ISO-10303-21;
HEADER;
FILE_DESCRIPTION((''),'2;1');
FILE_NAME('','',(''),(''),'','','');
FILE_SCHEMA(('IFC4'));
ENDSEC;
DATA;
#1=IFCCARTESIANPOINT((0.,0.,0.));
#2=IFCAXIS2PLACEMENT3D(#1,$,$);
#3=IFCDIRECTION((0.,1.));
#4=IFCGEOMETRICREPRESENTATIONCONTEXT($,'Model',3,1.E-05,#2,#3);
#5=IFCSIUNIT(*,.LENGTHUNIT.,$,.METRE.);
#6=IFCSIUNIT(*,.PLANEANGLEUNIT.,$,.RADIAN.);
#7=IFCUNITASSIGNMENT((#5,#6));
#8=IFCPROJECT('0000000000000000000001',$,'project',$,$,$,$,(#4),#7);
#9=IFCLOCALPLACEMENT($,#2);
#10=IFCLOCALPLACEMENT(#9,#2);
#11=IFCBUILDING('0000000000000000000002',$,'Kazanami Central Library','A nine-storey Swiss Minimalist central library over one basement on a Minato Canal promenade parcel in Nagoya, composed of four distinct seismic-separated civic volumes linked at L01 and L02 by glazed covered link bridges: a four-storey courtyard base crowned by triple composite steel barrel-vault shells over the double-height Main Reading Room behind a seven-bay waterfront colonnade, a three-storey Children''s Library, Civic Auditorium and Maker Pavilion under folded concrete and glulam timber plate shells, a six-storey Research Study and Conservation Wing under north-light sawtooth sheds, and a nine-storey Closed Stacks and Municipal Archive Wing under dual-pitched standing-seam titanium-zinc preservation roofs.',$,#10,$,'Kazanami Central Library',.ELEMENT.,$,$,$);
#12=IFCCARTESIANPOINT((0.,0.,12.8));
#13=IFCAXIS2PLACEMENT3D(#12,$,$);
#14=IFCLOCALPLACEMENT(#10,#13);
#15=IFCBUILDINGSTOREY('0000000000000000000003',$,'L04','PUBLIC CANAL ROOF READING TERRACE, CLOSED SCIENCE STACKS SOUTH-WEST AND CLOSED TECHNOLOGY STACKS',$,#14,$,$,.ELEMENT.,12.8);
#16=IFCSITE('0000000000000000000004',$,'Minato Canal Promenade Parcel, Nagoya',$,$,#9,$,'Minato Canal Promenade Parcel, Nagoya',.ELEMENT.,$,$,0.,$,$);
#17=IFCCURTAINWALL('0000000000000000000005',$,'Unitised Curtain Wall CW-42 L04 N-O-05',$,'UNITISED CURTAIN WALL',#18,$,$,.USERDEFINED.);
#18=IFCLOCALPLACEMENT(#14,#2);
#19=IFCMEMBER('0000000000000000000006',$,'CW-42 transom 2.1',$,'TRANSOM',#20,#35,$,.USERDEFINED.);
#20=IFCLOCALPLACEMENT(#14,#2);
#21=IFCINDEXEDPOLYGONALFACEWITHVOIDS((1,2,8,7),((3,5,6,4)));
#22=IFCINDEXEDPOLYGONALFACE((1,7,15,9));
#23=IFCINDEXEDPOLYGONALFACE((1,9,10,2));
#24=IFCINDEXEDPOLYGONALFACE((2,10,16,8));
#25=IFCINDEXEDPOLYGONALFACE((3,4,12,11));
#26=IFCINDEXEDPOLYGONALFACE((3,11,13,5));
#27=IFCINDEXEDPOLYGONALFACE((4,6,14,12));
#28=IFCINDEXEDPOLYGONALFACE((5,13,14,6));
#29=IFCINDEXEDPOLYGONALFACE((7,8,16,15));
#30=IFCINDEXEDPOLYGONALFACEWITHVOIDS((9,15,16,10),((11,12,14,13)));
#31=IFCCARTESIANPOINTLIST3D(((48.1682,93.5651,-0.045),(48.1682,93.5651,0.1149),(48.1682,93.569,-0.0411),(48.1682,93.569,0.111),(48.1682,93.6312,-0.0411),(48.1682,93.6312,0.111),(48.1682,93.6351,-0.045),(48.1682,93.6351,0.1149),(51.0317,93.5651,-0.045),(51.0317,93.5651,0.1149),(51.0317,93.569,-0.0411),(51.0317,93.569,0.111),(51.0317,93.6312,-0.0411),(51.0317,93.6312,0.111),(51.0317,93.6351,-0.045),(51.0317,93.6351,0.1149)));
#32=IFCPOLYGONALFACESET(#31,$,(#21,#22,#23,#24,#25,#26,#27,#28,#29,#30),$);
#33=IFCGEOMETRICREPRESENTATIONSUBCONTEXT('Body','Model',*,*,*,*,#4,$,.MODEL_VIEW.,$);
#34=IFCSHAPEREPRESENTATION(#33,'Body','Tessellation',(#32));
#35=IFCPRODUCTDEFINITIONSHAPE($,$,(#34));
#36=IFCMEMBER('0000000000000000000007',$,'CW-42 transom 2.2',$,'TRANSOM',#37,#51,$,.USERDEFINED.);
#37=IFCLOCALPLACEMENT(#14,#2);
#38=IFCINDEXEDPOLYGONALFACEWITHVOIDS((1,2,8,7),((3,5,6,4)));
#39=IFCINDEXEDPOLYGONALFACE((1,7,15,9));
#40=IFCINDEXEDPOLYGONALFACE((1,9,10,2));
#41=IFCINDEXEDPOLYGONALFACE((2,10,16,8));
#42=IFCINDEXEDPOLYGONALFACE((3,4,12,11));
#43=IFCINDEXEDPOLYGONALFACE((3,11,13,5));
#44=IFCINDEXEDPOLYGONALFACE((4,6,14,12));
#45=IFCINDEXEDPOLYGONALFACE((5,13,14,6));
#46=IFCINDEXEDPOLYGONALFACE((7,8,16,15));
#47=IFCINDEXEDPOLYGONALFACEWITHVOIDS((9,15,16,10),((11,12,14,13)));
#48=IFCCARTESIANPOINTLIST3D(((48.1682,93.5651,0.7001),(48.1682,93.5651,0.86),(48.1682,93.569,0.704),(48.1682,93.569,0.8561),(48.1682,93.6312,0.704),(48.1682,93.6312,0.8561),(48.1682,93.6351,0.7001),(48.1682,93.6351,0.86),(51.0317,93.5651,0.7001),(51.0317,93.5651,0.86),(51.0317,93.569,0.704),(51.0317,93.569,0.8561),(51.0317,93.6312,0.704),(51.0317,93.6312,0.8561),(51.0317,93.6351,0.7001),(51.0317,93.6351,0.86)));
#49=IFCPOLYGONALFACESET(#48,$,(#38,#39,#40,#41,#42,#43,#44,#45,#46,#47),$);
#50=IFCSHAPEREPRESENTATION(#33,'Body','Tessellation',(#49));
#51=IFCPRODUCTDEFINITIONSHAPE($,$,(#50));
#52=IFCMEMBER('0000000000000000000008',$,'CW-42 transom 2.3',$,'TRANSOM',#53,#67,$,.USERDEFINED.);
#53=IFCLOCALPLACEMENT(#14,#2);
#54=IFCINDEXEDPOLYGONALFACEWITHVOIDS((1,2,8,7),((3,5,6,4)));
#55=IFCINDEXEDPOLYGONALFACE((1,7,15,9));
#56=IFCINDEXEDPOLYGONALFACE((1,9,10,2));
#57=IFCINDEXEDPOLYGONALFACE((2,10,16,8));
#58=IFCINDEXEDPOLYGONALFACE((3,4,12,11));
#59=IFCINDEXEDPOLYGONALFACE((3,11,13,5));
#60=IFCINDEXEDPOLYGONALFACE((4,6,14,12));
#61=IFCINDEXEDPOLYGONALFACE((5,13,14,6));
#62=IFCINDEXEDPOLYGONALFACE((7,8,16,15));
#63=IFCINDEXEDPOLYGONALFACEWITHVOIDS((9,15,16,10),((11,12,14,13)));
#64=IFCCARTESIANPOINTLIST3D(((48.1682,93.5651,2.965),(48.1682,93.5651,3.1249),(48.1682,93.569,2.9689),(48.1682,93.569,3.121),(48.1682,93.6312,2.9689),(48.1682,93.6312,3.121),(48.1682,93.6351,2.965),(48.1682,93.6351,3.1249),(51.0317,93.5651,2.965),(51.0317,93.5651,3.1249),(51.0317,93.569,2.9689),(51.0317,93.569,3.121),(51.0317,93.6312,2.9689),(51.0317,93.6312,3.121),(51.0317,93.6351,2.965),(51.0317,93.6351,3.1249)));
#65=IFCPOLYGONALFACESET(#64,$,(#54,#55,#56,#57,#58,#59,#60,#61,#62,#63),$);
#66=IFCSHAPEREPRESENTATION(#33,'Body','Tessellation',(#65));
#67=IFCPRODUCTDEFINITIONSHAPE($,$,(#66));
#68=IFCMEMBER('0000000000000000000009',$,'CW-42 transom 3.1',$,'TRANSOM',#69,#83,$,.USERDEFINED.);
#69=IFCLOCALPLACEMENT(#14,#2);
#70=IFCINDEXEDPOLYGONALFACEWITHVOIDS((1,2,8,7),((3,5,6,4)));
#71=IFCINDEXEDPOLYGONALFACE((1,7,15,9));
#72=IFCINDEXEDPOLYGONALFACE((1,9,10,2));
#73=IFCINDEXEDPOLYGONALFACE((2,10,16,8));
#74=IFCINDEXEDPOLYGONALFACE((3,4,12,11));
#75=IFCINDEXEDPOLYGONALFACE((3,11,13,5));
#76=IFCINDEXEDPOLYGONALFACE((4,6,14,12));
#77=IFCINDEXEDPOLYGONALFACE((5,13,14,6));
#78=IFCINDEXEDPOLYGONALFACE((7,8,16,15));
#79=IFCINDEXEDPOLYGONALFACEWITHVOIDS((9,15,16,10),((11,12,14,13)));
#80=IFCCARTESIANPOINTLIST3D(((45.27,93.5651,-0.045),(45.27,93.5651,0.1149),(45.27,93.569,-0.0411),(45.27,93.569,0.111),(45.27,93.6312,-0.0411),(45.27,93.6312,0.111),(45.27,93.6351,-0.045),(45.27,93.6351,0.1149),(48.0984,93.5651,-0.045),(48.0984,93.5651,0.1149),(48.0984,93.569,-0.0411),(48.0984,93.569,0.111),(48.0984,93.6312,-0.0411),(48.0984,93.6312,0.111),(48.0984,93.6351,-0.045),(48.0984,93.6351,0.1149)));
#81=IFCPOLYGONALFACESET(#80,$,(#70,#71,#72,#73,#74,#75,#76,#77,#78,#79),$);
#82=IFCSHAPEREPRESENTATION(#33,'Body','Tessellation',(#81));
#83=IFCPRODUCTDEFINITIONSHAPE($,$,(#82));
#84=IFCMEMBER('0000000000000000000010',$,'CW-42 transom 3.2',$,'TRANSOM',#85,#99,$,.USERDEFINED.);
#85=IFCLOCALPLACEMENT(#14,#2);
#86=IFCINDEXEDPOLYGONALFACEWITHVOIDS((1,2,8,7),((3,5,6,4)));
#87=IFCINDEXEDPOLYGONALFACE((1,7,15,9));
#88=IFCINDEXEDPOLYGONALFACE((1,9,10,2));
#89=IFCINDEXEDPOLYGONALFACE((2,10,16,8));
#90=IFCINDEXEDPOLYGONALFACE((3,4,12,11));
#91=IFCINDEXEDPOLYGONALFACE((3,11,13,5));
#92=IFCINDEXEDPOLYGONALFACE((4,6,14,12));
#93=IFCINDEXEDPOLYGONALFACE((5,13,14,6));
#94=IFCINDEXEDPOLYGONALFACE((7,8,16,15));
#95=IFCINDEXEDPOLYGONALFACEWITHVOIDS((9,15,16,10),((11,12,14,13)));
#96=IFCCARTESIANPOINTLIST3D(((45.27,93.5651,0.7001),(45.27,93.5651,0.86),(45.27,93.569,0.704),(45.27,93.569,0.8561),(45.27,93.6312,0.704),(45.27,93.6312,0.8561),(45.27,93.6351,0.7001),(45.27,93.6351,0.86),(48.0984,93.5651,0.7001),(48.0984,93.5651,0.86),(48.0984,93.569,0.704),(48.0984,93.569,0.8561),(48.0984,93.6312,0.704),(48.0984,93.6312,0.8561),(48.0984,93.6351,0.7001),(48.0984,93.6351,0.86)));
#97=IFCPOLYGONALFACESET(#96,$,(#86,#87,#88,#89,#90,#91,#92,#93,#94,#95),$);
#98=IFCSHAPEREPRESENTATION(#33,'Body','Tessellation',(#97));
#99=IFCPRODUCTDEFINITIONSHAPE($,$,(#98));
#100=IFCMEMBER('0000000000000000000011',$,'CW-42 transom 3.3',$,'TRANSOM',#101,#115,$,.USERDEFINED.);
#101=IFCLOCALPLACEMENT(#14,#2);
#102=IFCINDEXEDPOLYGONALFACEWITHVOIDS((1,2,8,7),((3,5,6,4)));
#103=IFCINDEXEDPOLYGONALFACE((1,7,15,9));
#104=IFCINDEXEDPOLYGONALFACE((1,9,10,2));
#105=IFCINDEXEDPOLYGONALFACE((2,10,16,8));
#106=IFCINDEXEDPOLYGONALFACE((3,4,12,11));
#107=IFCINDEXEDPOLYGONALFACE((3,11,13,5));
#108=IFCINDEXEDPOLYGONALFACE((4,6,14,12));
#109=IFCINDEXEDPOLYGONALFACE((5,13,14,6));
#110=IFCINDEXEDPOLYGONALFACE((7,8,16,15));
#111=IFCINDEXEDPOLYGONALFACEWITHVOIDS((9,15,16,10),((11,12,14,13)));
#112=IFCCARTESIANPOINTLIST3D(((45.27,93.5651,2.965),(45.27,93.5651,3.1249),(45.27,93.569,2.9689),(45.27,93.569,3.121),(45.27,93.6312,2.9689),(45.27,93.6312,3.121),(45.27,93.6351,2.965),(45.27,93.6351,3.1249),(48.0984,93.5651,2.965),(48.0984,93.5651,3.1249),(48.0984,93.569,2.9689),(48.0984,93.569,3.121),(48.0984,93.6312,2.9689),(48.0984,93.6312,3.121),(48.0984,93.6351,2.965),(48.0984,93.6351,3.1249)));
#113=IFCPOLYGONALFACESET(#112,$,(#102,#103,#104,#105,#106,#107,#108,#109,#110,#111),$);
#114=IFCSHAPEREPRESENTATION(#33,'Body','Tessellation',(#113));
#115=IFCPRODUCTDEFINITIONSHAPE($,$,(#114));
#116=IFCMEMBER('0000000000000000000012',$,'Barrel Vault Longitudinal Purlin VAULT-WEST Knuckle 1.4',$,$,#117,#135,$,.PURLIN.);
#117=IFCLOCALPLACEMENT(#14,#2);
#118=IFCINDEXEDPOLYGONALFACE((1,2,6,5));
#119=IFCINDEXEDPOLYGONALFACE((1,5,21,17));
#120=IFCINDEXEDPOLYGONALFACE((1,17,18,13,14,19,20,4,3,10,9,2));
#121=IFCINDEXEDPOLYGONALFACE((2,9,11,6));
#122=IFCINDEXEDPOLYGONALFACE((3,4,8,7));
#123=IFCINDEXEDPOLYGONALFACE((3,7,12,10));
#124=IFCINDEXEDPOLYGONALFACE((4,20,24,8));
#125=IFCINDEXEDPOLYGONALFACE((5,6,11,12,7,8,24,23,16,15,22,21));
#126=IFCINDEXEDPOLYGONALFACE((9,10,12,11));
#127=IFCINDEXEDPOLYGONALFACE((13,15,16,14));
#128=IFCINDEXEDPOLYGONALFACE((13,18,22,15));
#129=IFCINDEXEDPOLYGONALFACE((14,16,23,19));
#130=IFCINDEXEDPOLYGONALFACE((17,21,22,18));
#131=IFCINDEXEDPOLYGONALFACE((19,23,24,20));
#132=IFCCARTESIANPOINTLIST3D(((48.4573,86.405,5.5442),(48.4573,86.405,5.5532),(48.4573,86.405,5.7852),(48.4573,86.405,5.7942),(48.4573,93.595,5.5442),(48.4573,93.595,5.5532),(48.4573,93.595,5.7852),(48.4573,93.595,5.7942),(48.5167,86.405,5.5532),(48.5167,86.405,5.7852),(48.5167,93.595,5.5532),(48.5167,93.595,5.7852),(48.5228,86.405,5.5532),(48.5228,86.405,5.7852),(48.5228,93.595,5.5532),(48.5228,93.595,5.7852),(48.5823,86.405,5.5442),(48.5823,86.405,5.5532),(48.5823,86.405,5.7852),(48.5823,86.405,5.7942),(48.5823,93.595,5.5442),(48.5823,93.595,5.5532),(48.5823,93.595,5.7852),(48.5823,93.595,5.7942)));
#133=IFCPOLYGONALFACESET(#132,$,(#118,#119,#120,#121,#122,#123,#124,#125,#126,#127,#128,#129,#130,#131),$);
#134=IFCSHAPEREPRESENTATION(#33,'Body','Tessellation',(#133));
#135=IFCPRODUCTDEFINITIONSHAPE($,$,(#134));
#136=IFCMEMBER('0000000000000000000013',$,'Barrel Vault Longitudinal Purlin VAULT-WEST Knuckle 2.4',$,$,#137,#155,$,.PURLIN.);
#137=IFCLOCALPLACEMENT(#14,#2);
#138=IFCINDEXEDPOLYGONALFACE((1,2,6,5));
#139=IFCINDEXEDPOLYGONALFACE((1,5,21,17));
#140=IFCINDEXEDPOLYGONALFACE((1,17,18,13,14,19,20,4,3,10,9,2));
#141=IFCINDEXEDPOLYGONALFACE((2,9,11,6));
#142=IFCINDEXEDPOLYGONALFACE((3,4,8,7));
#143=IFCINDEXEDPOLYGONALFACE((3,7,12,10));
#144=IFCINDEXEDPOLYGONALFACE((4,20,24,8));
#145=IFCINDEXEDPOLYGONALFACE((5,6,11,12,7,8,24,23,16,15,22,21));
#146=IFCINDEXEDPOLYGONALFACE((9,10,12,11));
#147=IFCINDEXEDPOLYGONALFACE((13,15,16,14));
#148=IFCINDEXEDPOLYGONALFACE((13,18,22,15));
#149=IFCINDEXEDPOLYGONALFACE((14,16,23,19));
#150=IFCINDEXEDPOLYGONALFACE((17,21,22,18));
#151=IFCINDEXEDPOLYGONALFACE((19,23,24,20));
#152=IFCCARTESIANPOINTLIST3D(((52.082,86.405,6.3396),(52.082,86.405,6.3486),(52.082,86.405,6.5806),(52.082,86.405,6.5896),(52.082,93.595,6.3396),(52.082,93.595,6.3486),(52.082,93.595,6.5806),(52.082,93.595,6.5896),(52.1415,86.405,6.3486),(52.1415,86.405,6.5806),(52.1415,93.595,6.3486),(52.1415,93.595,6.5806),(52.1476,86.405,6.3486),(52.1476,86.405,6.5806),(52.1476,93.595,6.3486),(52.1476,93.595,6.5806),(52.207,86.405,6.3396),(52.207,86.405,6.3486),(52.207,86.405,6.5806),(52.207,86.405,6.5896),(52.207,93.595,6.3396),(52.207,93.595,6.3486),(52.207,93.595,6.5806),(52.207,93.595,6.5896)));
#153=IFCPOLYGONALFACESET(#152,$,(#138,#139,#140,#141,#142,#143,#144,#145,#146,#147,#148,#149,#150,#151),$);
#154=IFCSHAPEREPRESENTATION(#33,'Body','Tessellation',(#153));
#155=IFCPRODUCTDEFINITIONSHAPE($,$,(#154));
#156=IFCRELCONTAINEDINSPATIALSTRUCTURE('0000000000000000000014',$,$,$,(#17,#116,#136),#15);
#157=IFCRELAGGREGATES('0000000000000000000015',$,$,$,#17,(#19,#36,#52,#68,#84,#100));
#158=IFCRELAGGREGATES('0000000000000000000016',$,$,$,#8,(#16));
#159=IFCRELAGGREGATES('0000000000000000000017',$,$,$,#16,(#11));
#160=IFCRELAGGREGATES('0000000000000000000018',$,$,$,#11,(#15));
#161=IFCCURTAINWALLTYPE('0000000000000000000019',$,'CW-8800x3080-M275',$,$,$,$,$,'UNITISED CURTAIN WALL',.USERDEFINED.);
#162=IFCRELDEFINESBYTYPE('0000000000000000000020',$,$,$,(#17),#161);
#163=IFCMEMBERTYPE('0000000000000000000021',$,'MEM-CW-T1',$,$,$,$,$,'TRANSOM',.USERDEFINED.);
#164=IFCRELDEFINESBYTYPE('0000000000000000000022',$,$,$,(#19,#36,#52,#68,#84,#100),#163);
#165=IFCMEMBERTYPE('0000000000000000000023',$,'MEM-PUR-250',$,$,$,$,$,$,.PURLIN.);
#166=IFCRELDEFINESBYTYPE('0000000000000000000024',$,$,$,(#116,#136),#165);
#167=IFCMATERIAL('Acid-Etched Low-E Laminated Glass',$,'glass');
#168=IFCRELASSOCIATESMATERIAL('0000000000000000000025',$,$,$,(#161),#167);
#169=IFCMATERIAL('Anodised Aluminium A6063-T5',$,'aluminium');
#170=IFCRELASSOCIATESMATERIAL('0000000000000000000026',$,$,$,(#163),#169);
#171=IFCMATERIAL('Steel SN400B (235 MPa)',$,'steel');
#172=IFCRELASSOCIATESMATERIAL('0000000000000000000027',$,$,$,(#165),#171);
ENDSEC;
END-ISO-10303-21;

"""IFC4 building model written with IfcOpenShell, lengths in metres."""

from ifc_helpers import new_model, si_unit, direction, frame, origin, origin_2d, place, context, subcontext, project, spatial, hollow_rectangle, i_section, extrude, material, material_profile, profile_set, type_object, element, aggregate, save


model = new_model("IFC4")

# Units and contexts
model_context = context("Model", 3, precision=1e-05, world=origin(), true_north=direction((0.0, 1.0)))
body_context = subcontext(model_context, "Body", "Model", "MODEL_VIEW")
ifc_project = project(units=[si_unit("LENGTHUNIT", "METRE"), si_unit("PLANEANGLEUNIT", "RADIAN")], contexts=[model_context])

# Site, building, storey
site_placement = place(None, origin())
site = spatial("IfcSite", under=ifc_project, at=site_placement, Name="Minato Canal Promenade Parcel, Nagoya", LongName="Minato Canal Promenade Parcel, Nagoya", CompositionType="ELEMENT", RefElevation=0.0)
building_placement = place(site_placement, origin())
building = spatial("IfcBuilding", under=site, at=building_placement, Name="Kazanami Central Library", Description="A nine-storey Swiss Minimalist central library over one basement on a Minato Canal promenade parcel in Nagoya, composed of four distinct seismic-separated civic volumes linked at L01 and L02 by glazed covered link bridges: a four-storey courtyard base crowned by triple composite steel barrel-vault shells over the double-height Main Reading Room behind a seven-bay waterfront colonnade, a three-storey Children's Library, Civic Auditorium and Maker Pavilion under folded concrete and glulam timber plate shells, a six-storey Research Study and Conservation Wing under north-light sawtooth sheds, and a nine-storey Closed Stacks and Municipal Archive Wing under dual-pitched standing-seam titanium-zinc preservation roofs.", LongName="Kazanami Central Library", CompositionType="ELEMENT")
storey_placement = place(building_placement, frame((0.0, 0.0, 12.8)))
storey = spatial("IfcBuildingStorey", under=building, at=storey_placement, Name="L04", Description="PUBLIC CANAL ROOF READING TERRACE, CLOSED SCIENCE STACKS SOUTH-WEST AND CLOSED TECHNOLOGY STACKS", CompositionType="ELEMENT", Elevation=12.8)

# Curtain wall, members
ifc_material_1 = material(Name="Acid-Etched Low-E Laminated Glass", Category="glass")
curtain_wall_type = type_object("IfcCurtainWallType", Name="CW-8800x3080-M275", ElementType="UNITISED CURTAIN WALL", PredefinedType="USERDEFINED", material=ifc_material_1)
curtain_wall_placement = place(storey_placement, origin())
curtain_wall = element("IfcCurtainWall", 1, at=curtain_wall_placement, inside=storey, type_object=curtain_wall_type, Name="Unitised Curtain Wall CW-42 L04 N-O-05", ObjectType="UNITISED CURTAIN WALL", PredefinedType="USERDEFINED")
ifc_material_2 = material(Name="Anodised Aluminium A6063-T5", Category="aluminium")
ifc_material_profile_1 = material_profile(ifc_material_2, hollow_rectangle(XDim=0.0701, YDim=0.1599, WallThickness=0.0039, at=origin_2d()), Name="ALU-TRAN-70x160x4")
ifc_profile_set_1 = profile_set([ifc_material_profile_1], Name="Anodised Aluminium A6063-T5")
member_type_1 = type_object("IfcMemberType", Name="MEM-CW-T1", ElementType="TRANSOM", PredefinedType="USERDEFINED", material=ifc_profile_set_1)
member_1_placement = place(storey_placement, frame((51.0317, 93.6001, 0.0349), z_axis=(-1.0, 0.0, 0.0), x_axis=(0.0, -1.0, 0.0)))
member_1 = element("IfcMember", 2, at=member_1_placement, type_object=member_type_1, Name="CW-42 transom 2.1", ObjectType="TRANSOM", PredefinedType="USERDEFINED", context=body_context, shape_type="SweptSolid", body=[
    extrude(hollow_rectangle(XDim=0.0701, YDim=0.1599, WallThickness=0.0039, at=origin_2d()), origin(), (0.0, 0.0, 1.0), 2.8635),
])
member_2_placement = place(storey_placement, frame((51.0317, 93.6001, 0.78), z_axis=(-1.0, 0.0, 0.0), x_axis=(0.0, -1.0, 0.0)))
member_2 = element("IfcMember", 3, at=member_2_placement, type_object=member_type_1, Name="CW-42 transom 2.2", ObjectType="TRANSOM", PredefinedType="USERDEFINED", context=body_context, shape_type="SweptSolid", body=[
    extrude(hollow_rectangle(XDim=0.0701, YDim=0.1599, WallThickness=0.0039, at=origin_2d()), origin(), (0.0, 0.0, 1.0), 2.8635),
])
member_3_placement = place(storey_placement, frame((51.0317, 93.6001, 3.0449), z_axis=(-1.0, 0.0, 0.0), x_axis=(0.0, -1.0, 0.0)))
member_3 = element("IfcMember", 4, at=member_3_placement, type_object=member_type_1, Name="CW-42 transom 2.3", ObjectType="TRANSOM", PredefinedType="USERDEFINED", context=body_context, shape_type="SweptSolid", body=[
    extrude(hollow_rectangle(XDim=0.0701, YDim=0.1599, WallThickness=0.0039, at=origin_2d()), origin(), (0.0, 0.0, 1.0), 2.8635),
])
member_4_placement = place(storey_placement, frame((48.0984, 93.6001, 0.0349), z_axis=(-1.0, 0.0, 0.0), x_axis=(0.0, -1.0, 0.0)))
member_4 = element("IfcMember", 5, at=member_4_placement, type_object=member_type_1, Name="CW-42 transom 3.1", ObjectType="TRANSOM", PredefinedType="USERDEFINED", context=body_context, shape_type="SweptSolid", body=[
    extrude(hollow_rectangle(XDim=0.0701, YDim=0.1599, WallThickness=0.0039, at=origin_2d()), origin(), (0.0, 0.0, 1.0), 2.8284),
])
member_5_placement = place(storey_placement, frame((48.0984, 93.6001, 0.78), z_axis=(-1.0, 0.0, 0.0), x_axis=(0.0, -1.0, 0.0)))
member_5 = element("IfcMember", 6, at=member_5_placement, type_object=member_type_1, Name="CW-42 transom 3.2", ObjectType="TRANSOM", PredefinedType="USERDEFINED", context=body_context, shape_type="SweptSolid", body=[
    extrude(hollow_rectangle(XDim=0.0701, YDim=0.1599, WallThickness=0.0039, at=origin_2d()), origin(), (0.0, 0.0, 1.0), 2.8284),
])
member_6_placement = place(storey_placement, frame((48.0984, 93.6001, 3.0449), z_axis=(-1.0, 0.0, 0.0), x_axis=(0.0, -1.0, 0.0)))
member_6 = element("IfcMember", 7, at=member_6_placement, type_object=member_type_1, Name="CW-42 transom 3.3", ObjectType="TRANSOM", PredefinedType="USERDEFINED", context=body_context, shape_type="SweptSolid", body=[
    extrude(hollow_rectangle(XDim=0.0701, YDim=0.1599, WallThickness=0.0039, at=origin_2d()), origin(), (0.0, 0.0, 1.0), 2.8284),
])

# Members
ifc_material_3 = material(Name="Steel SN400B (235 MPa)", Category="steel")
ifc_material_profile_2 = material_profile(ifc_material_3, i_section(OverallWidth=0.125, OverallDepth=0.25, WebThickness=0.0061, FlangeThickness=0.009, at=origin_2d()), Name="H-250x125x6x9")
ifc_profile_set_2 = profile_set([ifc_material_profile_2], Name="Steel SN400B (235 MPa)")
member_type_2 = type_object("IfcMemberType", Name="MEM-PUR-250", PredefinedType="PURLIN", material=ifc_profile_set_2)
for number, where, z_axis, x_axis, name in (
    (8, (48.5198, 86.405, 5.6692), (0.0, 1.0, 0.0), (-1.0, 0.0, 0.0), "Barrel Vault Longitudinal Purlin VAULT-WEST Knuckle 1.4"),
    (9, (52.1445, 86.405, 6.4646), (0.0, 1.0, 0.0), (-1.0, 0.0, 0.0), "Barrel Vault Longitudinal Purlin VAULT-WEST Knuckle 2.4"),
):
    element("IfcMember", number, at=place(storey_placement, frame(where, z_axis=z_axis, x_axis=x_axis)), inside=storey, type_object=member_type_2, Name=name, PredefinedType="PURLIN", context=body_context, shape_type="SweptSolid", body=[
        extrude(i_section(OverallWidth=0.125, OverallDepth=0.25, WebThickness=0.0061, FlangeThickness=0.009, at=origin_2d()), origin(), (0.0, 0.0, 1.0), 7.1899),
    ])

aggregate(curtain_wall, [member_1, member_2, member_3, member_4, member_5, member_6])

save(model, "model.ifc")
